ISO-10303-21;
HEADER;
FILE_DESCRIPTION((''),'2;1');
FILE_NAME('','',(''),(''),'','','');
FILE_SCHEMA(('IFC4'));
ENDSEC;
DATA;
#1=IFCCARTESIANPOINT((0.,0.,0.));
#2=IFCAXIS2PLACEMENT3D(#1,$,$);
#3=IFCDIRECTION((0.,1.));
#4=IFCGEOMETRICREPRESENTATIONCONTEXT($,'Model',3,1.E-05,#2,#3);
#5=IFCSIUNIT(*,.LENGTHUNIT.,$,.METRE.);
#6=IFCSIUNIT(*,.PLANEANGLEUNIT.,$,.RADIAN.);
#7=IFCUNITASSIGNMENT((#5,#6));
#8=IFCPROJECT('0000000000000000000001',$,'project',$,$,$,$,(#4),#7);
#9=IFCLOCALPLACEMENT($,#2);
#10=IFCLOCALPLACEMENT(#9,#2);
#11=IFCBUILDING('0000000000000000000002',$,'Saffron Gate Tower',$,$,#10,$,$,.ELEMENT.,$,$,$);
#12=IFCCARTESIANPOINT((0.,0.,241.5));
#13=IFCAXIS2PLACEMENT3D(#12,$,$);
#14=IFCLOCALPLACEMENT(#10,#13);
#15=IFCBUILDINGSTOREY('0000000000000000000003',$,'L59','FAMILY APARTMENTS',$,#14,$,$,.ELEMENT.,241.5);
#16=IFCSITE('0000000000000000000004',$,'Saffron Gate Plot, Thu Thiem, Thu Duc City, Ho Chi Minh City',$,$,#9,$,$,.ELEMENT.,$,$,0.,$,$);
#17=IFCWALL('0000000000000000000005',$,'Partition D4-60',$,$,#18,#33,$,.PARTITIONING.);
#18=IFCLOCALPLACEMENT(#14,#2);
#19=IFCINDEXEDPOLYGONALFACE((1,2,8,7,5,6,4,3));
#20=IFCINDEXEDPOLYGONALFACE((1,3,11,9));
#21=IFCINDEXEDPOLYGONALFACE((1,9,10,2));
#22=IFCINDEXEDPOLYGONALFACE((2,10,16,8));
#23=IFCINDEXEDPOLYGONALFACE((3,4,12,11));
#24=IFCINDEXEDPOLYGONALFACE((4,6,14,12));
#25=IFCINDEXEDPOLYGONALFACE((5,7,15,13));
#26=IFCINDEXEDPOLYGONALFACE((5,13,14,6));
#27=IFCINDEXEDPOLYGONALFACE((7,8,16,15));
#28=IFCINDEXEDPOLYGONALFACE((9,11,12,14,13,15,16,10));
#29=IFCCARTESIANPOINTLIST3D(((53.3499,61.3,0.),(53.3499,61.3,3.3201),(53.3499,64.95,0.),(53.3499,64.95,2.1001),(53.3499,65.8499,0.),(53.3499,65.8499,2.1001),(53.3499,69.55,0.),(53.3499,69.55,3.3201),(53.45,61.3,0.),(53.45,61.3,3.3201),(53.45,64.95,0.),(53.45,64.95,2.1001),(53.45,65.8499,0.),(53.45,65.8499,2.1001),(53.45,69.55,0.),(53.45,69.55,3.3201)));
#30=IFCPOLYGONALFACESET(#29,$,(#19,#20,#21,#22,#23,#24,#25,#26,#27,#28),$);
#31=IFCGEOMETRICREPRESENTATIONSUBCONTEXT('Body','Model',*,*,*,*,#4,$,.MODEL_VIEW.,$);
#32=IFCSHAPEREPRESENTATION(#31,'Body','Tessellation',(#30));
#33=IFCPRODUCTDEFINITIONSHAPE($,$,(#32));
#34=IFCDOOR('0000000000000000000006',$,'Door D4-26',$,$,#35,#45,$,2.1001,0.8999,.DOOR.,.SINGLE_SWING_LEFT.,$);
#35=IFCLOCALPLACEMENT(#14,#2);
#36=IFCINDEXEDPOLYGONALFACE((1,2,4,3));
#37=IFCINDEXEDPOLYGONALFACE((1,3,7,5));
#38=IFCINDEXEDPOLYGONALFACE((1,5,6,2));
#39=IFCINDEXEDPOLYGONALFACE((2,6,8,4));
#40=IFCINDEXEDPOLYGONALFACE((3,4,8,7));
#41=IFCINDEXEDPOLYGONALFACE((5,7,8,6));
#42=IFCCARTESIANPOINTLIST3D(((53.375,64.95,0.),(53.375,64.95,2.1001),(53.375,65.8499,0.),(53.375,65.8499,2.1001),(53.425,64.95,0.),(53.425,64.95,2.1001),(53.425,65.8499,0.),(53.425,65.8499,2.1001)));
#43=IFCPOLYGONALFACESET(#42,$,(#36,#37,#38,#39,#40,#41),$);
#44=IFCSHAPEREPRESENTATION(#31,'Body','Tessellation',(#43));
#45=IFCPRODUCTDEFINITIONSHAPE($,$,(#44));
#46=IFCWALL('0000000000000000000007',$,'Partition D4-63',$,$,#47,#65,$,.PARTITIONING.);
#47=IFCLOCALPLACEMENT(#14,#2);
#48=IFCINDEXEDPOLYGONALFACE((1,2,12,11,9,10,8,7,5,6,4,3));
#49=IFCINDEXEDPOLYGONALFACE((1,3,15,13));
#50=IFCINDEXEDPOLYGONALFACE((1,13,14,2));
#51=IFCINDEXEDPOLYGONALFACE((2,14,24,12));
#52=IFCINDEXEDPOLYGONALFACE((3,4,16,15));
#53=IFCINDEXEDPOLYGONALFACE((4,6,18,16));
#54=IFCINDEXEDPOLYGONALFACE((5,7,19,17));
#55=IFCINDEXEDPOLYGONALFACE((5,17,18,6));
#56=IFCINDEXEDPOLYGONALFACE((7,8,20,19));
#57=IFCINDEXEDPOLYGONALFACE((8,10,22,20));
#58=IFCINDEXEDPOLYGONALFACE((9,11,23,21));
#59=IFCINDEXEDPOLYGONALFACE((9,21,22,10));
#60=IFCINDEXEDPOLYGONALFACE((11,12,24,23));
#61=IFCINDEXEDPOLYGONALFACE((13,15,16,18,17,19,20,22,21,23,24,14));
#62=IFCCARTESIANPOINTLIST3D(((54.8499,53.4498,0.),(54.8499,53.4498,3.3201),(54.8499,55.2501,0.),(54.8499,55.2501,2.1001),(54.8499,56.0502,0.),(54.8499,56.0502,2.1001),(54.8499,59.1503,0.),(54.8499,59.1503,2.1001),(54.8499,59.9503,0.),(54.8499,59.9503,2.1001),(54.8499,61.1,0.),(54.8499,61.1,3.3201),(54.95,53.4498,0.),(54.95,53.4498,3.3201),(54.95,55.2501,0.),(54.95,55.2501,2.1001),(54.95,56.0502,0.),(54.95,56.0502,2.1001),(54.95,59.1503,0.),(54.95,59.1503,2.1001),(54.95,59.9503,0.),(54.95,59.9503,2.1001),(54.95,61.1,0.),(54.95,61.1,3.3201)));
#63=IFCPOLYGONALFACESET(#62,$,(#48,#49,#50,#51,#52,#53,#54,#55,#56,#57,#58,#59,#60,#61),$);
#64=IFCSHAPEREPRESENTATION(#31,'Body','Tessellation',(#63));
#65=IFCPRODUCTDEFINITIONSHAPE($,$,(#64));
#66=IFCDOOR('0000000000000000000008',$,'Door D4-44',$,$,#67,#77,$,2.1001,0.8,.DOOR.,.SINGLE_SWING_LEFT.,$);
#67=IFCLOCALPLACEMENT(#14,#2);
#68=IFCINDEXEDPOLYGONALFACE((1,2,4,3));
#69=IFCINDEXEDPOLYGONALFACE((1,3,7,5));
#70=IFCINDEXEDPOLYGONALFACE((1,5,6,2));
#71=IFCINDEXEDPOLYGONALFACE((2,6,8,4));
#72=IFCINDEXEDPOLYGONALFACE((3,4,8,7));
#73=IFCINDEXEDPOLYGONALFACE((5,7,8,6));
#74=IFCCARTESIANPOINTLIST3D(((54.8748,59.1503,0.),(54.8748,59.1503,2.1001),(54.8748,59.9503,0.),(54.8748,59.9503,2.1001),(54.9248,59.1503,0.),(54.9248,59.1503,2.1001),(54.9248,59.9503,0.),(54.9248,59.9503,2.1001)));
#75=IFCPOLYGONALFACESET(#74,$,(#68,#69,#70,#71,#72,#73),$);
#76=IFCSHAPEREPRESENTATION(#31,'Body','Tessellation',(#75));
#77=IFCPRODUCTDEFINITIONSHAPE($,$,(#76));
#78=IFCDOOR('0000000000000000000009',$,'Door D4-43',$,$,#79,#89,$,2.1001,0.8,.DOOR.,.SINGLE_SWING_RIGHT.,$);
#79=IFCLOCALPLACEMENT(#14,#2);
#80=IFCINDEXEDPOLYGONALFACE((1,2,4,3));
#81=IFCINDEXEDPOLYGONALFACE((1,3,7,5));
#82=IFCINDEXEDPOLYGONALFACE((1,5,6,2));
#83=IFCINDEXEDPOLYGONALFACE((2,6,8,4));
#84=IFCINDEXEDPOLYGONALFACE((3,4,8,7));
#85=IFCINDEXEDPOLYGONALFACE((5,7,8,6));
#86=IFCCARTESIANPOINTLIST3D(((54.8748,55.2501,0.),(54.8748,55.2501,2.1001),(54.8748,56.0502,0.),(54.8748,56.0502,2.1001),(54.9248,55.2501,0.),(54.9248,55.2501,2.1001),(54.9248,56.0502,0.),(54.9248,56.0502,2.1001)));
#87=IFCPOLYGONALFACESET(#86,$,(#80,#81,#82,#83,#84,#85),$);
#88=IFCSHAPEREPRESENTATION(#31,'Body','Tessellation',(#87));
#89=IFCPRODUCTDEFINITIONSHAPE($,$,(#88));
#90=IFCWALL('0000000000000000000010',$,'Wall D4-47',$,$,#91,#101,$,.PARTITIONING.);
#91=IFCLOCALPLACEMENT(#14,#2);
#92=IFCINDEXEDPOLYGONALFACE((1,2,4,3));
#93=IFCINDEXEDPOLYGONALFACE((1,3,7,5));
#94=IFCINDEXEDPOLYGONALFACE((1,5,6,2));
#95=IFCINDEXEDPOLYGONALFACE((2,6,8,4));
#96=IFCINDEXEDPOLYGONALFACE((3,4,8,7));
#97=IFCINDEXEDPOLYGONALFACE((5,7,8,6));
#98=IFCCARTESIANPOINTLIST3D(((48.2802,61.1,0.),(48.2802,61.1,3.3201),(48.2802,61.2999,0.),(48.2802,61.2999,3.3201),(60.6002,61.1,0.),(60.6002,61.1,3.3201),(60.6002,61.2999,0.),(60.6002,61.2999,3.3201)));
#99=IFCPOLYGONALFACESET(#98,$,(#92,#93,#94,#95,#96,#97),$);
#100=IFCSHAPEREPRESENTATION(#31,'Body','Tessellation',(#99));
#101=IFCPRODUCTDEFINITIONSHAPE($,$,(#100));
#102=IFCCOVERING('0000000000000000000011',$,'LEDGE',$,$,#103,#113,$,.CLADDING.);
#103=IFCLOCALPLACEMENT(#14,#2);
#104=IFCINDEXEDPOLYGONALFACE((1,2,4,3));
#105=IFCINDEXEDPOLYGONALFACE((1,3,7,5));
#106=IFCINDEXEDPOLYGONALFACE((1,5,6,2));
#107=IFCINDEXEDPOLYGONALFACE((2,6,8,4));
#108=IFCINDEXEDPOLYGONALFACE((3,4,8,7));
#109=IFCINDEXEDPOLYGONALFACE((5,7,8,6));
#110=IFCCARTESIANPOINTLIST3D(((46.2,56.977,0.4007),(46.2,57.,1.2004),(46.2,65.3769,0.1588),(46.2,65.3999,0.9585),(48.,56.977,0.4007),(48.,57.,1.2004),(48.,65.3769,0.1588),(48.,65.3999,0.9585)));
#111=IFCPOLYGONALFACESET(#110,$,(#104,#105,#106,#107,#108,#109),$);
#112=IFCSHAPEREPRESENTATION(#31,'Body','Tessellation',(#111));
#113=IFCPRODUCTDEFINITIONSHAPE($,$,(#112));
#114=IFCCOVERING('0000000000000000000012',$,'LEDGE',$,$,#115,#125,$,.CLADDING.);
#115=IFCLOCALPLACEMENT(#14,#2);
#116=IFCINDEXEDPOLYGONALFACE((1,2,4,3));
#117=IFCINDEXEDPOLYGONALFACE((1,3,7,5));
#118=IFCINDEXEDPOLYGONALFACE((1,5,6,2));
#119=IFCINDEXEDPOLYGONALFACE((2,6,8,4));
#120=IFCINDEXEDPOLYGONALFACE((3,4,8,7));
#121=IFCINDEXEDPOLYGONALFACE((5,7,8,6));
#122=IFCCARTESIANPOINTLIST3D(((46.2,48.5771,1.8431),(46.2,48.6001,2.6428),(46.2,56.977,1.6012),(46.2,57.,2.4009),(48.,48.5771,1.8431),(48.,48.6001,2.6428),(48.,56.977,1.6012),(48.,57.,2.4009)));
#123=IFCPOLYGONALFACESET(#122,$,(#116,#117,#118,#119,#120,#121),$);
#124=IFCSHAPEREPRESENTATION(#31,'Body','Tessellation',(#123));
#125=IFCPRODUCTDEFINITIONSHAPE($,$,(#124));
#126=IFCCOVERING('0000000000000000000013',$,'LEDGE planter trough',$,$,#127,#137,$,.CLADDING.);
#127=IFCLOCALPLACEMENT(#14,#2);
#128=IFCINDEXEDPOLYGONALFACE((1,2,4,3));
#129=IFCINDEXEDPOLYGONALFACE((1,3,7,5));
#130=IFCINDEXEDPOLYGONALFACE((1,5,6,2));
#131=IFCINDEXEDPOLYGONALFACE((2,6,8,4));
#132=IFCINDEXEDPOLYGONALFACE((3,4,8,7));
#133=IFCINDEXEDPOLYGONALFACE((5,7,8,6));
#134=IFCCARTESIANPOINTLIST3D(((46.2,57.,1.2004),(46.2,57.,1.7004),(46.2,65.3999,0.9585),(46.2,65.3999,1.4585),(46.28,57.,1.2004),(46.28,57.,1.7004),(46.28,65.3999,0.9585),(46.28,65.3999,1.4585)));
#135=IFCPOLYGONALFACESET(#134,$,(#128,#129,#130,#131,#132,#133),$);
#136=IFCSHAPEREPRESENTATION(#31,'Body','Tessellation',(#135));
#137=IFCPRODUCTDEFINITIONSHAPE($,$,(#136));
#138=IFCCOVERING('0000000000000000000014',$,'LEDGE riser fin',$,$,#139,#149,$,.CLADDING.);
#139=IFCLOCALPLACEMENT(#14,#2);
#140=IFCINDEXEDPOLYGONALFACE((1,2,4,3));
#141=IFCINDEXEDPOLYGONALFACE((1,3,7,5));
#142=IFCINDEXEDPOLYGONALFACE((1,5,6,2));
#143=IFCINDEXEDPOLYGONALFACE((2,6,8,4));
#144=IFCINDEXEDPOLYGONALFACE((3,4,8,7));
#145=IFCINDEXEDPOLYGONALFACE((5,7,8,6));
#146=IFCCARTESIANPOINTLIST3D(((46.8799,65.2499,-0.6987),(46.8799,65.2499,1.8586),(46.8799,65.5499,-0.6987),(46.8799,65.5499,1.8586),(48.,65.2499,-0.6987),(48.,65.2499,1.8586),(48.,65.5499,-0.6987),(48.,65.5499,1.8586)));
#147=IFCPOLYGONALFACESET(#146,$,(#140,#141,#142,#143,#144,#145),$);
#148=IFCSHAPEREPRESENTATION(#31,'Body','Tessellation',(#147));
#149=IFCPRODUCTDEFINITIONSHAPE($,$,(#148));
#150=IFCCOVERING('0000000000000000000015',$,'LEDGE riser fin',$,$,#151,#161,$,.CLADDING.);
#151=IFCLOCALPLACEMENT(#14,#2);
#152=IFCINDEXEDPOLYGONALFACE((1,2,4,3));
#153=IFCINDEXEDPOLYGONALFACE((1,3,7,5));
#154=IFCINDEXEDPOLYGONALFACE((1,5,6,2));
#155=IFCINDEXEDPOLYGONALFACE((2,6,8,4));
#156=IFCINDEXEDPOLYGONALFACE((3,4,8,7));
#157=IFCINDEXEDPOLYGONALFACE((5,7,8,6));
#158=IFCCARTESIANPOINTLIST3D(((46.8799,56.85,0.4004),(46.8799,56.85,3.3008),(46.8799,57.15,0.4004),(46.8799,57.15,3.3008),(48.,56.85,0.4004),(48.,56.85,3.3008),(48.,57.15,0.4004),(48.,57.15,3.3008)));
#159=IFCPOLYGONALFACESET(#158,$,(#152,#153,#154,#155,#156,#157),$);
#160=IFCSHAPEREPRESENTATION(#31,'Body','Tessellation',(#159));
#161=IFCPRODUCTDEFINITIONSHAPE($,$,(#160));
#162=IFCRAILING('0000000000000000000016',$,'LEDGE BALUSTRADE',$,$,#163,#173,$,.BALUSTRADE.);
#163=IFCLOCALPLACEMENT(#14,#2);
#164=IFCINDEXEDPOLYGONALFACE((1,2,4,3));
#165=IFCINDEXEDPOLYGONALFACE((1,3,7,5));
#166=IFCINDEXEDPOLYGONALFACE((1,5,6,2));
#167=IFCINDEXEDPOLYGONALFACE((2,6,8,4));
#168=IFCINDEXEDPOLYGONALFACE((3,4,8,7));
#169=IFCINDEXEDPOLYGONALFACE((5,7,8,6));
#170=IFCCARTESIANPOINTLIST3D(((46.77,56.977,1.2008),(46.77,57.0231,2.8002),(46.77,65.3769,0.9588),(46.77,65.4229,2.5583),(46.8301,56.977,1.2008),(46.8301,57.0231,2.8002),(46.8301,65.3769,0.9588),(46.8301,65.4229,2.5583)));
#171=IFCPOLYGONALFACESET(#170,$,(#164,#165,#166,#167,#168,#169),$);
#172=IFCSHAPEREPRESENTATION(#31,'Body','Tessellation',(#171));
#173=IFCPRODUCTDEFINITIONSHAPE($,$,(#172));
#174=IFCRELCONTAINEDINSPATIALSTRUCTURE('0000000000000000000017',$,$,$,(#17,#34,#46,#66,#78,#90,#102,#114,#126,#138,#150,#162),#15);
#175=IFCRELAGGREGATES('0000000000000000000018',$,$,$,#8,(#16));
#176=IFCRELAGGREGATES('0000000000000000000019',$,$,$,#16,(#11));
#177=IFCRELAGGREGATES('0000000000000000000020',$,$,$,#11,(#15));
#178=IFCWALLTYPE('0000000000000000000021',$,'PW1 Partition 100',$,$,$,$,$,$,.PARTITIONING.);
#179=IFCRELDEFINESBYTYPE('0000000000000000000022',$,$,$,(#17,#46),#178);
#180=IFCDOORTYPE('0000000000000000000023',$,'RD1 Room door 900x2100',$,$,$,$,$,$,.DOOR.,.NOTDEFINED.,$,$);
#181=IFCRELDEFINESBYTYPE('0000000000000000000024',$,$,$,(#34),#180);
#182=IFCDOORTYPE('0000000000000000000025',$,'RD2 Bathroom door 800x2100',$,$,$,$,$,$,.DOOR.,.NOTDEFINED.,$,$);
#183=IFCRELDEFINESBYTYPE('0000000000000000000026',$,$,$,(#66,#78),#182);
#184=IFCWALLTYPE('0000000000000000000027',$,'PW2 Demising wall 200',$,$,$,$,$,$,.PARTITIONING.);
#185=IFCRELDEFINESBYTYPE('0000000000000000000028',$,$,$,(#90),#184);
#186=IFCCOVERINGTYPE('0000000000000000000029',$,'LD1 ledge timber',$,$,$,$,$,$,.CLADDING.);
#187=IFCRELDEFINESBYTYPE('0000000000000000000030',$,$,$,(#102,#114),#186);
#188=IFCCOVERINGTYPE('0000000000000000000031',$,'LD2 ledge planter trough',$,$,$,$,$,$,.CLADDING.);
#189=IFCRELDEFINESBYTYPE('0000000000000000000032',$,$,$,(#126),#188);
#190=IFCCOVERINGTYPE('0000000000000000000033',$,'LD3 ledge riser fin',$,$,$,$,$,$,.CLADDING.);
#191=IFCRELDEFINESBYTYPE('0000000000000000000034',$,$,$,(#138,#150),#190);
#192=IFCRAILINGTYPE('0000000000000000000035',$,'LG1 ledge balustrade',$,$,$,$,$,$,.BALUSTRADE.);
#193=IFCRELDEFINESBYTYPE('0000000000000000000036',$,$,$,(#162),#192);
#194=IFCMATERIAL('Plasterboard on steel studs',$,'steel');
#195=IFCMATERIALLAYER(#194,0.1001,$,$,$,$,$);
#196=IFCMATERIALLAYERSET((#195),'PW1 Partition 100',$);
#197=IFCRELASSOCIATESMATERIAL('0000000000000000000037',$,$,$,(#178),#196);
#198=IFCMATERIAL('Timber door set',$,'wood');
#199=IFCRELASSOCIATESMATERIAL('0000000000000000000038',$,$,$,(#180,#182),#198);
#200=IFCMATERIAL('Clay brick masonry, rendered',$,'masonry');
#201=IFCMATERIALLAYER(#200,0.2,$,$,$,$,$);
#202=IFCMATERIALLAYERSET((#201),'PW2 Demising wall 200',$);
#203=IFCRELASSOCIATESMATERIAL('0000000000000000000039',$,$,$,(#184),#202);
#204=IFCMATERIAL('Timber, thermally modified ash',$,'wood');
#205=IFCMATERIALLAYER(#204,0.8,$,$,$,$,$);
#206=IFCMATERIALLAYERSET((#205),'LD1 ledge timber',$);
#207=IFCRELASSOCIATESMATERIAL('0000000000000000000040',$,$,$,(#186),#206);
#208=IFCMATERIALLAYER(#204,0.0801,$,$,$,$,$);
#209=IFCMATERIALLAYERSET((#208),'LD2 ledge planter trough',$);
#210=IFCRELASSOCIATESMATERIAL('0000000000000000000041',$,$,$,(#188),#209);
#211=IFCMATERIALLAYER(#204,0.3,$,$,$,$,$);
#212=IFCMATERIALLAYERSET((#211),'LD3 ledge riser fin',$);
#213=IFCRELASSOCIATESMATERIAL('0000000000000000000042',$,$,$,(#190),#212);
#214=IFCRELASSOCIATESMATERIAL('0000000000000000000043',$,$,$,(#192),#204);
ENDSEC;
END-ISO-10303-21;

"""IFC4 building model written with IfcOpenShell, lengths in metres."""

from ifc_helpers import new_model, si_unit, direction, frame, frame_2d, origin, origin_2d, place, context, subcontext, project, spatial, polyline, rectangle, outline, extrude, material, layer, layer_set, type_object, element, fill, save


model = new_model("IFC4")

# Units and contexts
model_context = context("Model", 3, precision=1e-05, world=origin(), true_north=direction((0.0, 1.0)))
body_context = subcontext(model_context, "Body", "Model", "MODEL_VIEW")
ifc_project = project(units=[si_unit("LENGTHUNIT", "METRE"), si_unit("PLANEANGLEUNIT", "RADIAN")], contexts=[model_context])

# Site, building, storey
site_placement = place(None, origin())
site = spatial("IfcSite", under=ifc_project, at=site_placement, Name="Saffron Gate Plot, Thu Thiem, Thu Duc City, Ho Chi Minh City", CompositionType="ELEMENT", RefElevation=0.0)
building_placement = place(site_placement, origin())
building = spatial("IfcBuilding", under=site, at=building_placement, Name="Saffron Gate Tower", CompositionType="ELEMENT")
storey_placement = place(building_placement, frame((0.0, 0.0, 241.5)))
storey = spatial("IfcBuildingStorey", under=building, at=storey_placement, Name="L59", Description="FAMILY APARTMENTS", CompositionType="ELEMENT", Elevation=241.5)

# Shared definitions
ifc_material_1 = material(Name="Plasterboard on steel studs", Category="steel")
ifc_layer_1 = layer(ifc_material_1, 0.1001)
ifc_layer_set_1 = layer_set([ifc_layer_1], Name="PW1 Partition 100")
wall_type_1 = type_object("IfcWallType", Name="PW1 Partition 100", PredefinedType="PARTITIONING", material=ifc_layer_set_1)

# Wall, opening, door
wall_1_placement = place(storey_placement, frame((53.3999, 61.3, 0.0), z_axis=(0.0, 0.0, 1.0), x_axis=(0.0, 1.0, 0.0)))
wall_1 = element("IfcWall", 1, at=wall_1_placement, inside=storey, type_object=wall_type_1, Name="Partition D4-60", PredefinedType="PARTITIONING", context=body_context, shape_type="SweptSolid", body=[
    extrude(rectangle(XDim=8.25, YDim=0.1001, at=frame_2d((4.125, 0.0))), origin(), (0.0, 0.0, 1.0), 3.3201),
])
opening_1_placement = place(wall_1_placement, frame((3.6499, 0.0, 0.0)))
opening_1 = element("IfcOpeningElement", 2, at=opening_1_placement, cuts=wall_1, PredefinedType="OPENING", context=body_context, shape_type="SweptSolid", body=[
    extrude(rectangle(XDim=0.8999, YDim=2.1001, at=frame_2d((0.45, 1.05))), frame((0.0, 0.0601, 0.0), z_axis=(0.0, -1.0, 0.0), x_axis=(1.0, 0.0, 0.0)), (0.0, 0.0, 1.0), 0.1201),
])
ifc_material_2 = material(Name="Timber door set", Category="wood")
door_type_1 = type_object("IfcDoorType", Name="RD1 Room door 900x2100", OperationType="NOTDEFINED", PredefinedType="DOOR", material=ifc_material_2)
door_1_placement = place(opening_1_placement, origin())
door_1 = element("IfcDoor", 3, at=door_1_placement, inside=storey, type_object=door_type_1, Name="Door D4-26", OperationType="SINGLE_SWING_LEFT", OverallHeight=2.1001, OverallWidth=0.8999, PredefinedType="DOOR", context=body_context, shape_type="SweptSolid", body=[
    extrude(rectangle(XDim=0.8999, YDim=2.1001, at=frame_2d((0.45, 1.05))), frame((0.0, 0.0249, 0.0), z_axis=(0.0, -1.0, 0.0), x_axis=(1.0, 0.0, 0.0)), (0.0, 0.0, 1.0), 0.05),
])
fill(opening_1, door_1)

# Wall, openings, doors
wall_2_placement = place(storey_placement, frame((54.8999, 61.1001, 0.0), z_axis=(0.0, 0.0, 1.0), x_axis=(0.0, -1.0, 0.0)))
wall_2 = element("IfcWall", 4, at=wall_2_placement, inside=storey, type_object=wall_type_1, Name="Partition D4-63", PredefinedType="PARTITIONING", context=body_context, shape_type="SweptSolid", body=[
    extrude(rectangle(XDim=7.6501, YDim=0.1001, at=frame_2d((3.8252, 0.0))), origin(), (0.0, 0.0, 1.0), 3.3201),
])
opening_2_placement = place(wall_2_placement, frame((1.1499, 0.0, 0.0)))
opening_2 = element("IfcOpeningElement", 5, at=opening_2_placement, cuts=wall_2, PredefinedType="OPENING", context=body_context, shape_type="SweptSolid", body=[
    extrude(rectangle(XDim=0.8, YDim=2.1001, at=frame_2d((0.3999, 1.05))), frame((0.0, 0.0601, 0.0), z_axis=(0.0, -1.0, 0.0), x_axis=(1.0, 0.0, 0.0)), (0.0, 0.0, 1.0), 0.1201),
])
opening_3_placement = place(wall_2_placement, frame((5.05, 0.0, 0.0)))
opening_3 = element("IfcOpeningElement", 6, at=opening_3_placement, cuts=wall_2, PredefinedType="OPENING", context=body_context, shape_type="SweptSolid", body=[
    extrude(rectangle(XDim=0.8, YDim=2.1001, at=frame_2d((0.3999, 1.05))), frame((0.0, 0.0601, 0.0), z_axis=(0.0, -1.0, 0.0), x_axis=(1.0, 0.0, 0.0)), (0.0, 0.0, 1.0), 0.1201),
])
door_type_2 = type_object("IfcDoorType", Name="RD2 Bathroom door 800x2100", OperationType="NOTDEFINED", PredefinedType="DOOR", material=ifc_material_2)
door_2_placement = place(opening_2_placement, origin())
door_2 = element("IfcDoor", 7, at=door_2_placement, inside=storey, type_object=door_type_2, Name="Door D4-44", OperationType="SINGLE_SWING_LEFT", OverallHeight=2.1001, OverallWidth=0.8, PredefinedType="DOOR", context=body_context, shape_type="SweptSolid", body=[
    extrude(rectangle(XDim=0.8, YDim=2.1001, at=frame_2d((0.3999, 1.05))), frame((0.0, 0.0249, 0.0), z_axis=(0.0, -1.0, 0.0), x_axis=(1.0, 0.0, 0.0)), (0.0, 0.0, 1.0), 0.05),
])
fill(opening_2, door_2)
door_3_placement = place(opening_3_placement, origin())
door_3 = element("IfcDoor", 8, at=door_3_placement, inside=storey, type_object=door_type_2, Name="Door D4-43", OperationType="SINGLE_SWING_RIGHT", OverallHeight=2.1001, OverallWidth=0.8, PredefinedType="DOOR", context=body_context, shape_type="SweptSolid", body=[
    extrude(rectangle(XDim=0.8, YDim=2.1001, at=frame_2d((0.3999, 1.05))), frame((0.0, 0.0249, 0.0), z_axis=(0.0, -1.0, 0.0), x_axis=(1.0, 0.0, 0.0)), (0.0, 0.0, 1.0), 0.05),
])
fill(opening_3, door_3)

# Wall
ifc_material_3 = material(Name="Clay brick masonry, rendered", Category="masonry")
ifc_layer_2 = layer(ifc_material_3, 0.2)
ifc_layer_set_2 = layer_set([ifc_layer_2], Name="PW2 Demising wall 200")
wall_type_2 = type_object("IfcWallType", Name="PW2 Demising wall 200", PredefinedType="PARTITIONING", material=ifc_layer_set_2)
wall_3_placement = place(storey_placement, frame((48.28, 61.2, 0.0), z_axis=(0.0, 0.0, 1.0), x_axis=(1.0, 0.0, 0.0)))
element("IfcWall", 9, at=wall_3_placement, inside=storey, type_object=wall_type_2, Name="Wall D4-47", PredefinedType="PARTITIONING", context=body_context, shape_type="SweptSolid", body=[
    extrude(rectangle(XDim=12.3201, YDim=0.2, at=frame_2d((6.1602, 0.0))), origin(), (0.0, 0.0, 1.0), 3.3201),
])

# Coverings
ifc_material_4 = material(Name="Timber, thermally modified ash", Category="wood")
ifc_layer_3 = layer(ifc_material_4, 0.8)
ifc_layer_set_3 = layer_set([ifc_layer_3], Name="LD1 ledge timber")
covering_type_1 = type_object("IfcCoveringType", Name="LD1 ledge timber", PredefinedType="CLADDING", material=ifc_layer_set_3)
for number, where, z_axis, x_axis, name in (
    (10, (48.0, 65.3999, 0.9585), (0.0, 0.028791, 0.999585), (0.0, -0.999585, 0.028791), "LEDGE"),
    (11, (48.0, 57.0, 2.4009), (0.0, 0.028791, 0.999585), (0.0, -0.999585, 0.028791), "LEDGE"),
):
    element("IfcCovering", number, at=place(storey_placement, frame(where, z_axis=z_axis, x_axis=x_axis)), inside=storey, type_object=covering_type_1, Name=name, PredefinedType="CLADDING", context=body_context, shape_type="SweptSolid", body=[
        extrude(outline(polyline([(0.0, 0.0), (8.4034, 0.0), (8.4034, -1.8), (0.0, -1.8), (0.0, 0.0)])), origin(), (0.0, 0.0, -1.0), 0.8),
    ])
ifc_layer_4 = layer(ifc_material_4, 0.0801)
ifc_layer_set_4 = layer_set([ifc_layer_4], Name="LD2 ledge planter trough")
covering_type_2 = type_object("IfcCoveringType", Name="LD2 ledge planter trough", PredefinedType="CLADDING", material=ifc_layer_set_4)
covering_1_placement = place(storey_placement, frame((46.2, 65.3999, 0.9585), z_axis=(-1.0, 0.0, 0.0), x_axis=(0.0, -0.999585, 0.028791)))
element("IfcCovering", 12, at=covering_1_placement, inside=storey, type_object=covering_type_2, Name="LEDGE planter trough", PredefinedType="CLADDING", context=body_context, shape_type="SweptSolid", body=[
    extrude(outline(polyline([(0.0, 0.0), (8.4034, 0.0), (8.4178, 0.4998), (0.0144, 0.4998), (0.0, 0.0)])), origin(), (0.0, 0.0, -1.0), 0.0801),
])
ifc_layer_5 = layer(ifc_material_4, 0.3)
ifc_layer_set_5 = layer_set([ifc_layer_5], Name="LD3 ledge riser fin")
covering_type_3 = type_object("IfcCoveringType", Name="LD3 ledge riser fin", PredefinedType="CLADDING", material=ifc_layer_set_5)
covering_2_placement = place(storey_placement, frame((47.4399, 65.3999, -0.6987), z_axis=(0.0, 0.0, 1.0), x_axis=(0.0, -1.0, 0.0)))
element("IfcCovering", 13, at=covering_2_placement, inside=storey, type_object=covering_type_3, Name="LEDGE riser fin", PredefinedType="CLADDING", context=body_context, shape_type="SweptSolid", body=[
    extrude(rectangle(XDim=0.3, YDim=1.1201, at=origin_2d()), origin(), (0.0, 0.0, 1.0), 2.5574),
])
covering_3_placement = place(storey_placement, frame((47.4399, 57.0, 0.4004), z_axis=(0.0, 0.0, 1.0), x_axis=(0.0, -1.0, 0.0)))
element("IfcCovering", 14, at=covering_3_placement, inside=storey, type_object=covering_type_3, Name="LEDGE riser fin", PredefinedType="CLADDING", context=body_context, shape_type="SweptSolid", body=[
    extrude(rectangle(XDim=0.3, YDim=1.1201, at=origin_2d()), origin(), (0.0, 0.0, 1.0), 2.9004),
])

# Railing
railing_type = type_object("IfcRailingType", Name="LG1 ledge balustrade", PredefinedType="BALUSTRADE", material=ifc_material_4)
railing_1_placement = place(storey_placement, frame((46.8, 65.3999, 0.9585)))
element("IfcRailing", 15, at=railing_1_placement, inside=storey, type_object=railing_type, Name="LEDGE BALUSTRADE", PredefinedType="BALUSTRADE", context=body_context, shape_type="SweptSolid", body=[
    extrude(rectangle(XDim=0.0601, YDim=1.6001, at=origin_2d()), frame((0.0, 0.0, 0.8), z_axis=(0.0, -0.999585, 0.028791), x_axis=(1.0, 0.0, 0.0)), (0.0, 0.0, 1.0), 8.4033),
])

save(model, "model.ifc")
